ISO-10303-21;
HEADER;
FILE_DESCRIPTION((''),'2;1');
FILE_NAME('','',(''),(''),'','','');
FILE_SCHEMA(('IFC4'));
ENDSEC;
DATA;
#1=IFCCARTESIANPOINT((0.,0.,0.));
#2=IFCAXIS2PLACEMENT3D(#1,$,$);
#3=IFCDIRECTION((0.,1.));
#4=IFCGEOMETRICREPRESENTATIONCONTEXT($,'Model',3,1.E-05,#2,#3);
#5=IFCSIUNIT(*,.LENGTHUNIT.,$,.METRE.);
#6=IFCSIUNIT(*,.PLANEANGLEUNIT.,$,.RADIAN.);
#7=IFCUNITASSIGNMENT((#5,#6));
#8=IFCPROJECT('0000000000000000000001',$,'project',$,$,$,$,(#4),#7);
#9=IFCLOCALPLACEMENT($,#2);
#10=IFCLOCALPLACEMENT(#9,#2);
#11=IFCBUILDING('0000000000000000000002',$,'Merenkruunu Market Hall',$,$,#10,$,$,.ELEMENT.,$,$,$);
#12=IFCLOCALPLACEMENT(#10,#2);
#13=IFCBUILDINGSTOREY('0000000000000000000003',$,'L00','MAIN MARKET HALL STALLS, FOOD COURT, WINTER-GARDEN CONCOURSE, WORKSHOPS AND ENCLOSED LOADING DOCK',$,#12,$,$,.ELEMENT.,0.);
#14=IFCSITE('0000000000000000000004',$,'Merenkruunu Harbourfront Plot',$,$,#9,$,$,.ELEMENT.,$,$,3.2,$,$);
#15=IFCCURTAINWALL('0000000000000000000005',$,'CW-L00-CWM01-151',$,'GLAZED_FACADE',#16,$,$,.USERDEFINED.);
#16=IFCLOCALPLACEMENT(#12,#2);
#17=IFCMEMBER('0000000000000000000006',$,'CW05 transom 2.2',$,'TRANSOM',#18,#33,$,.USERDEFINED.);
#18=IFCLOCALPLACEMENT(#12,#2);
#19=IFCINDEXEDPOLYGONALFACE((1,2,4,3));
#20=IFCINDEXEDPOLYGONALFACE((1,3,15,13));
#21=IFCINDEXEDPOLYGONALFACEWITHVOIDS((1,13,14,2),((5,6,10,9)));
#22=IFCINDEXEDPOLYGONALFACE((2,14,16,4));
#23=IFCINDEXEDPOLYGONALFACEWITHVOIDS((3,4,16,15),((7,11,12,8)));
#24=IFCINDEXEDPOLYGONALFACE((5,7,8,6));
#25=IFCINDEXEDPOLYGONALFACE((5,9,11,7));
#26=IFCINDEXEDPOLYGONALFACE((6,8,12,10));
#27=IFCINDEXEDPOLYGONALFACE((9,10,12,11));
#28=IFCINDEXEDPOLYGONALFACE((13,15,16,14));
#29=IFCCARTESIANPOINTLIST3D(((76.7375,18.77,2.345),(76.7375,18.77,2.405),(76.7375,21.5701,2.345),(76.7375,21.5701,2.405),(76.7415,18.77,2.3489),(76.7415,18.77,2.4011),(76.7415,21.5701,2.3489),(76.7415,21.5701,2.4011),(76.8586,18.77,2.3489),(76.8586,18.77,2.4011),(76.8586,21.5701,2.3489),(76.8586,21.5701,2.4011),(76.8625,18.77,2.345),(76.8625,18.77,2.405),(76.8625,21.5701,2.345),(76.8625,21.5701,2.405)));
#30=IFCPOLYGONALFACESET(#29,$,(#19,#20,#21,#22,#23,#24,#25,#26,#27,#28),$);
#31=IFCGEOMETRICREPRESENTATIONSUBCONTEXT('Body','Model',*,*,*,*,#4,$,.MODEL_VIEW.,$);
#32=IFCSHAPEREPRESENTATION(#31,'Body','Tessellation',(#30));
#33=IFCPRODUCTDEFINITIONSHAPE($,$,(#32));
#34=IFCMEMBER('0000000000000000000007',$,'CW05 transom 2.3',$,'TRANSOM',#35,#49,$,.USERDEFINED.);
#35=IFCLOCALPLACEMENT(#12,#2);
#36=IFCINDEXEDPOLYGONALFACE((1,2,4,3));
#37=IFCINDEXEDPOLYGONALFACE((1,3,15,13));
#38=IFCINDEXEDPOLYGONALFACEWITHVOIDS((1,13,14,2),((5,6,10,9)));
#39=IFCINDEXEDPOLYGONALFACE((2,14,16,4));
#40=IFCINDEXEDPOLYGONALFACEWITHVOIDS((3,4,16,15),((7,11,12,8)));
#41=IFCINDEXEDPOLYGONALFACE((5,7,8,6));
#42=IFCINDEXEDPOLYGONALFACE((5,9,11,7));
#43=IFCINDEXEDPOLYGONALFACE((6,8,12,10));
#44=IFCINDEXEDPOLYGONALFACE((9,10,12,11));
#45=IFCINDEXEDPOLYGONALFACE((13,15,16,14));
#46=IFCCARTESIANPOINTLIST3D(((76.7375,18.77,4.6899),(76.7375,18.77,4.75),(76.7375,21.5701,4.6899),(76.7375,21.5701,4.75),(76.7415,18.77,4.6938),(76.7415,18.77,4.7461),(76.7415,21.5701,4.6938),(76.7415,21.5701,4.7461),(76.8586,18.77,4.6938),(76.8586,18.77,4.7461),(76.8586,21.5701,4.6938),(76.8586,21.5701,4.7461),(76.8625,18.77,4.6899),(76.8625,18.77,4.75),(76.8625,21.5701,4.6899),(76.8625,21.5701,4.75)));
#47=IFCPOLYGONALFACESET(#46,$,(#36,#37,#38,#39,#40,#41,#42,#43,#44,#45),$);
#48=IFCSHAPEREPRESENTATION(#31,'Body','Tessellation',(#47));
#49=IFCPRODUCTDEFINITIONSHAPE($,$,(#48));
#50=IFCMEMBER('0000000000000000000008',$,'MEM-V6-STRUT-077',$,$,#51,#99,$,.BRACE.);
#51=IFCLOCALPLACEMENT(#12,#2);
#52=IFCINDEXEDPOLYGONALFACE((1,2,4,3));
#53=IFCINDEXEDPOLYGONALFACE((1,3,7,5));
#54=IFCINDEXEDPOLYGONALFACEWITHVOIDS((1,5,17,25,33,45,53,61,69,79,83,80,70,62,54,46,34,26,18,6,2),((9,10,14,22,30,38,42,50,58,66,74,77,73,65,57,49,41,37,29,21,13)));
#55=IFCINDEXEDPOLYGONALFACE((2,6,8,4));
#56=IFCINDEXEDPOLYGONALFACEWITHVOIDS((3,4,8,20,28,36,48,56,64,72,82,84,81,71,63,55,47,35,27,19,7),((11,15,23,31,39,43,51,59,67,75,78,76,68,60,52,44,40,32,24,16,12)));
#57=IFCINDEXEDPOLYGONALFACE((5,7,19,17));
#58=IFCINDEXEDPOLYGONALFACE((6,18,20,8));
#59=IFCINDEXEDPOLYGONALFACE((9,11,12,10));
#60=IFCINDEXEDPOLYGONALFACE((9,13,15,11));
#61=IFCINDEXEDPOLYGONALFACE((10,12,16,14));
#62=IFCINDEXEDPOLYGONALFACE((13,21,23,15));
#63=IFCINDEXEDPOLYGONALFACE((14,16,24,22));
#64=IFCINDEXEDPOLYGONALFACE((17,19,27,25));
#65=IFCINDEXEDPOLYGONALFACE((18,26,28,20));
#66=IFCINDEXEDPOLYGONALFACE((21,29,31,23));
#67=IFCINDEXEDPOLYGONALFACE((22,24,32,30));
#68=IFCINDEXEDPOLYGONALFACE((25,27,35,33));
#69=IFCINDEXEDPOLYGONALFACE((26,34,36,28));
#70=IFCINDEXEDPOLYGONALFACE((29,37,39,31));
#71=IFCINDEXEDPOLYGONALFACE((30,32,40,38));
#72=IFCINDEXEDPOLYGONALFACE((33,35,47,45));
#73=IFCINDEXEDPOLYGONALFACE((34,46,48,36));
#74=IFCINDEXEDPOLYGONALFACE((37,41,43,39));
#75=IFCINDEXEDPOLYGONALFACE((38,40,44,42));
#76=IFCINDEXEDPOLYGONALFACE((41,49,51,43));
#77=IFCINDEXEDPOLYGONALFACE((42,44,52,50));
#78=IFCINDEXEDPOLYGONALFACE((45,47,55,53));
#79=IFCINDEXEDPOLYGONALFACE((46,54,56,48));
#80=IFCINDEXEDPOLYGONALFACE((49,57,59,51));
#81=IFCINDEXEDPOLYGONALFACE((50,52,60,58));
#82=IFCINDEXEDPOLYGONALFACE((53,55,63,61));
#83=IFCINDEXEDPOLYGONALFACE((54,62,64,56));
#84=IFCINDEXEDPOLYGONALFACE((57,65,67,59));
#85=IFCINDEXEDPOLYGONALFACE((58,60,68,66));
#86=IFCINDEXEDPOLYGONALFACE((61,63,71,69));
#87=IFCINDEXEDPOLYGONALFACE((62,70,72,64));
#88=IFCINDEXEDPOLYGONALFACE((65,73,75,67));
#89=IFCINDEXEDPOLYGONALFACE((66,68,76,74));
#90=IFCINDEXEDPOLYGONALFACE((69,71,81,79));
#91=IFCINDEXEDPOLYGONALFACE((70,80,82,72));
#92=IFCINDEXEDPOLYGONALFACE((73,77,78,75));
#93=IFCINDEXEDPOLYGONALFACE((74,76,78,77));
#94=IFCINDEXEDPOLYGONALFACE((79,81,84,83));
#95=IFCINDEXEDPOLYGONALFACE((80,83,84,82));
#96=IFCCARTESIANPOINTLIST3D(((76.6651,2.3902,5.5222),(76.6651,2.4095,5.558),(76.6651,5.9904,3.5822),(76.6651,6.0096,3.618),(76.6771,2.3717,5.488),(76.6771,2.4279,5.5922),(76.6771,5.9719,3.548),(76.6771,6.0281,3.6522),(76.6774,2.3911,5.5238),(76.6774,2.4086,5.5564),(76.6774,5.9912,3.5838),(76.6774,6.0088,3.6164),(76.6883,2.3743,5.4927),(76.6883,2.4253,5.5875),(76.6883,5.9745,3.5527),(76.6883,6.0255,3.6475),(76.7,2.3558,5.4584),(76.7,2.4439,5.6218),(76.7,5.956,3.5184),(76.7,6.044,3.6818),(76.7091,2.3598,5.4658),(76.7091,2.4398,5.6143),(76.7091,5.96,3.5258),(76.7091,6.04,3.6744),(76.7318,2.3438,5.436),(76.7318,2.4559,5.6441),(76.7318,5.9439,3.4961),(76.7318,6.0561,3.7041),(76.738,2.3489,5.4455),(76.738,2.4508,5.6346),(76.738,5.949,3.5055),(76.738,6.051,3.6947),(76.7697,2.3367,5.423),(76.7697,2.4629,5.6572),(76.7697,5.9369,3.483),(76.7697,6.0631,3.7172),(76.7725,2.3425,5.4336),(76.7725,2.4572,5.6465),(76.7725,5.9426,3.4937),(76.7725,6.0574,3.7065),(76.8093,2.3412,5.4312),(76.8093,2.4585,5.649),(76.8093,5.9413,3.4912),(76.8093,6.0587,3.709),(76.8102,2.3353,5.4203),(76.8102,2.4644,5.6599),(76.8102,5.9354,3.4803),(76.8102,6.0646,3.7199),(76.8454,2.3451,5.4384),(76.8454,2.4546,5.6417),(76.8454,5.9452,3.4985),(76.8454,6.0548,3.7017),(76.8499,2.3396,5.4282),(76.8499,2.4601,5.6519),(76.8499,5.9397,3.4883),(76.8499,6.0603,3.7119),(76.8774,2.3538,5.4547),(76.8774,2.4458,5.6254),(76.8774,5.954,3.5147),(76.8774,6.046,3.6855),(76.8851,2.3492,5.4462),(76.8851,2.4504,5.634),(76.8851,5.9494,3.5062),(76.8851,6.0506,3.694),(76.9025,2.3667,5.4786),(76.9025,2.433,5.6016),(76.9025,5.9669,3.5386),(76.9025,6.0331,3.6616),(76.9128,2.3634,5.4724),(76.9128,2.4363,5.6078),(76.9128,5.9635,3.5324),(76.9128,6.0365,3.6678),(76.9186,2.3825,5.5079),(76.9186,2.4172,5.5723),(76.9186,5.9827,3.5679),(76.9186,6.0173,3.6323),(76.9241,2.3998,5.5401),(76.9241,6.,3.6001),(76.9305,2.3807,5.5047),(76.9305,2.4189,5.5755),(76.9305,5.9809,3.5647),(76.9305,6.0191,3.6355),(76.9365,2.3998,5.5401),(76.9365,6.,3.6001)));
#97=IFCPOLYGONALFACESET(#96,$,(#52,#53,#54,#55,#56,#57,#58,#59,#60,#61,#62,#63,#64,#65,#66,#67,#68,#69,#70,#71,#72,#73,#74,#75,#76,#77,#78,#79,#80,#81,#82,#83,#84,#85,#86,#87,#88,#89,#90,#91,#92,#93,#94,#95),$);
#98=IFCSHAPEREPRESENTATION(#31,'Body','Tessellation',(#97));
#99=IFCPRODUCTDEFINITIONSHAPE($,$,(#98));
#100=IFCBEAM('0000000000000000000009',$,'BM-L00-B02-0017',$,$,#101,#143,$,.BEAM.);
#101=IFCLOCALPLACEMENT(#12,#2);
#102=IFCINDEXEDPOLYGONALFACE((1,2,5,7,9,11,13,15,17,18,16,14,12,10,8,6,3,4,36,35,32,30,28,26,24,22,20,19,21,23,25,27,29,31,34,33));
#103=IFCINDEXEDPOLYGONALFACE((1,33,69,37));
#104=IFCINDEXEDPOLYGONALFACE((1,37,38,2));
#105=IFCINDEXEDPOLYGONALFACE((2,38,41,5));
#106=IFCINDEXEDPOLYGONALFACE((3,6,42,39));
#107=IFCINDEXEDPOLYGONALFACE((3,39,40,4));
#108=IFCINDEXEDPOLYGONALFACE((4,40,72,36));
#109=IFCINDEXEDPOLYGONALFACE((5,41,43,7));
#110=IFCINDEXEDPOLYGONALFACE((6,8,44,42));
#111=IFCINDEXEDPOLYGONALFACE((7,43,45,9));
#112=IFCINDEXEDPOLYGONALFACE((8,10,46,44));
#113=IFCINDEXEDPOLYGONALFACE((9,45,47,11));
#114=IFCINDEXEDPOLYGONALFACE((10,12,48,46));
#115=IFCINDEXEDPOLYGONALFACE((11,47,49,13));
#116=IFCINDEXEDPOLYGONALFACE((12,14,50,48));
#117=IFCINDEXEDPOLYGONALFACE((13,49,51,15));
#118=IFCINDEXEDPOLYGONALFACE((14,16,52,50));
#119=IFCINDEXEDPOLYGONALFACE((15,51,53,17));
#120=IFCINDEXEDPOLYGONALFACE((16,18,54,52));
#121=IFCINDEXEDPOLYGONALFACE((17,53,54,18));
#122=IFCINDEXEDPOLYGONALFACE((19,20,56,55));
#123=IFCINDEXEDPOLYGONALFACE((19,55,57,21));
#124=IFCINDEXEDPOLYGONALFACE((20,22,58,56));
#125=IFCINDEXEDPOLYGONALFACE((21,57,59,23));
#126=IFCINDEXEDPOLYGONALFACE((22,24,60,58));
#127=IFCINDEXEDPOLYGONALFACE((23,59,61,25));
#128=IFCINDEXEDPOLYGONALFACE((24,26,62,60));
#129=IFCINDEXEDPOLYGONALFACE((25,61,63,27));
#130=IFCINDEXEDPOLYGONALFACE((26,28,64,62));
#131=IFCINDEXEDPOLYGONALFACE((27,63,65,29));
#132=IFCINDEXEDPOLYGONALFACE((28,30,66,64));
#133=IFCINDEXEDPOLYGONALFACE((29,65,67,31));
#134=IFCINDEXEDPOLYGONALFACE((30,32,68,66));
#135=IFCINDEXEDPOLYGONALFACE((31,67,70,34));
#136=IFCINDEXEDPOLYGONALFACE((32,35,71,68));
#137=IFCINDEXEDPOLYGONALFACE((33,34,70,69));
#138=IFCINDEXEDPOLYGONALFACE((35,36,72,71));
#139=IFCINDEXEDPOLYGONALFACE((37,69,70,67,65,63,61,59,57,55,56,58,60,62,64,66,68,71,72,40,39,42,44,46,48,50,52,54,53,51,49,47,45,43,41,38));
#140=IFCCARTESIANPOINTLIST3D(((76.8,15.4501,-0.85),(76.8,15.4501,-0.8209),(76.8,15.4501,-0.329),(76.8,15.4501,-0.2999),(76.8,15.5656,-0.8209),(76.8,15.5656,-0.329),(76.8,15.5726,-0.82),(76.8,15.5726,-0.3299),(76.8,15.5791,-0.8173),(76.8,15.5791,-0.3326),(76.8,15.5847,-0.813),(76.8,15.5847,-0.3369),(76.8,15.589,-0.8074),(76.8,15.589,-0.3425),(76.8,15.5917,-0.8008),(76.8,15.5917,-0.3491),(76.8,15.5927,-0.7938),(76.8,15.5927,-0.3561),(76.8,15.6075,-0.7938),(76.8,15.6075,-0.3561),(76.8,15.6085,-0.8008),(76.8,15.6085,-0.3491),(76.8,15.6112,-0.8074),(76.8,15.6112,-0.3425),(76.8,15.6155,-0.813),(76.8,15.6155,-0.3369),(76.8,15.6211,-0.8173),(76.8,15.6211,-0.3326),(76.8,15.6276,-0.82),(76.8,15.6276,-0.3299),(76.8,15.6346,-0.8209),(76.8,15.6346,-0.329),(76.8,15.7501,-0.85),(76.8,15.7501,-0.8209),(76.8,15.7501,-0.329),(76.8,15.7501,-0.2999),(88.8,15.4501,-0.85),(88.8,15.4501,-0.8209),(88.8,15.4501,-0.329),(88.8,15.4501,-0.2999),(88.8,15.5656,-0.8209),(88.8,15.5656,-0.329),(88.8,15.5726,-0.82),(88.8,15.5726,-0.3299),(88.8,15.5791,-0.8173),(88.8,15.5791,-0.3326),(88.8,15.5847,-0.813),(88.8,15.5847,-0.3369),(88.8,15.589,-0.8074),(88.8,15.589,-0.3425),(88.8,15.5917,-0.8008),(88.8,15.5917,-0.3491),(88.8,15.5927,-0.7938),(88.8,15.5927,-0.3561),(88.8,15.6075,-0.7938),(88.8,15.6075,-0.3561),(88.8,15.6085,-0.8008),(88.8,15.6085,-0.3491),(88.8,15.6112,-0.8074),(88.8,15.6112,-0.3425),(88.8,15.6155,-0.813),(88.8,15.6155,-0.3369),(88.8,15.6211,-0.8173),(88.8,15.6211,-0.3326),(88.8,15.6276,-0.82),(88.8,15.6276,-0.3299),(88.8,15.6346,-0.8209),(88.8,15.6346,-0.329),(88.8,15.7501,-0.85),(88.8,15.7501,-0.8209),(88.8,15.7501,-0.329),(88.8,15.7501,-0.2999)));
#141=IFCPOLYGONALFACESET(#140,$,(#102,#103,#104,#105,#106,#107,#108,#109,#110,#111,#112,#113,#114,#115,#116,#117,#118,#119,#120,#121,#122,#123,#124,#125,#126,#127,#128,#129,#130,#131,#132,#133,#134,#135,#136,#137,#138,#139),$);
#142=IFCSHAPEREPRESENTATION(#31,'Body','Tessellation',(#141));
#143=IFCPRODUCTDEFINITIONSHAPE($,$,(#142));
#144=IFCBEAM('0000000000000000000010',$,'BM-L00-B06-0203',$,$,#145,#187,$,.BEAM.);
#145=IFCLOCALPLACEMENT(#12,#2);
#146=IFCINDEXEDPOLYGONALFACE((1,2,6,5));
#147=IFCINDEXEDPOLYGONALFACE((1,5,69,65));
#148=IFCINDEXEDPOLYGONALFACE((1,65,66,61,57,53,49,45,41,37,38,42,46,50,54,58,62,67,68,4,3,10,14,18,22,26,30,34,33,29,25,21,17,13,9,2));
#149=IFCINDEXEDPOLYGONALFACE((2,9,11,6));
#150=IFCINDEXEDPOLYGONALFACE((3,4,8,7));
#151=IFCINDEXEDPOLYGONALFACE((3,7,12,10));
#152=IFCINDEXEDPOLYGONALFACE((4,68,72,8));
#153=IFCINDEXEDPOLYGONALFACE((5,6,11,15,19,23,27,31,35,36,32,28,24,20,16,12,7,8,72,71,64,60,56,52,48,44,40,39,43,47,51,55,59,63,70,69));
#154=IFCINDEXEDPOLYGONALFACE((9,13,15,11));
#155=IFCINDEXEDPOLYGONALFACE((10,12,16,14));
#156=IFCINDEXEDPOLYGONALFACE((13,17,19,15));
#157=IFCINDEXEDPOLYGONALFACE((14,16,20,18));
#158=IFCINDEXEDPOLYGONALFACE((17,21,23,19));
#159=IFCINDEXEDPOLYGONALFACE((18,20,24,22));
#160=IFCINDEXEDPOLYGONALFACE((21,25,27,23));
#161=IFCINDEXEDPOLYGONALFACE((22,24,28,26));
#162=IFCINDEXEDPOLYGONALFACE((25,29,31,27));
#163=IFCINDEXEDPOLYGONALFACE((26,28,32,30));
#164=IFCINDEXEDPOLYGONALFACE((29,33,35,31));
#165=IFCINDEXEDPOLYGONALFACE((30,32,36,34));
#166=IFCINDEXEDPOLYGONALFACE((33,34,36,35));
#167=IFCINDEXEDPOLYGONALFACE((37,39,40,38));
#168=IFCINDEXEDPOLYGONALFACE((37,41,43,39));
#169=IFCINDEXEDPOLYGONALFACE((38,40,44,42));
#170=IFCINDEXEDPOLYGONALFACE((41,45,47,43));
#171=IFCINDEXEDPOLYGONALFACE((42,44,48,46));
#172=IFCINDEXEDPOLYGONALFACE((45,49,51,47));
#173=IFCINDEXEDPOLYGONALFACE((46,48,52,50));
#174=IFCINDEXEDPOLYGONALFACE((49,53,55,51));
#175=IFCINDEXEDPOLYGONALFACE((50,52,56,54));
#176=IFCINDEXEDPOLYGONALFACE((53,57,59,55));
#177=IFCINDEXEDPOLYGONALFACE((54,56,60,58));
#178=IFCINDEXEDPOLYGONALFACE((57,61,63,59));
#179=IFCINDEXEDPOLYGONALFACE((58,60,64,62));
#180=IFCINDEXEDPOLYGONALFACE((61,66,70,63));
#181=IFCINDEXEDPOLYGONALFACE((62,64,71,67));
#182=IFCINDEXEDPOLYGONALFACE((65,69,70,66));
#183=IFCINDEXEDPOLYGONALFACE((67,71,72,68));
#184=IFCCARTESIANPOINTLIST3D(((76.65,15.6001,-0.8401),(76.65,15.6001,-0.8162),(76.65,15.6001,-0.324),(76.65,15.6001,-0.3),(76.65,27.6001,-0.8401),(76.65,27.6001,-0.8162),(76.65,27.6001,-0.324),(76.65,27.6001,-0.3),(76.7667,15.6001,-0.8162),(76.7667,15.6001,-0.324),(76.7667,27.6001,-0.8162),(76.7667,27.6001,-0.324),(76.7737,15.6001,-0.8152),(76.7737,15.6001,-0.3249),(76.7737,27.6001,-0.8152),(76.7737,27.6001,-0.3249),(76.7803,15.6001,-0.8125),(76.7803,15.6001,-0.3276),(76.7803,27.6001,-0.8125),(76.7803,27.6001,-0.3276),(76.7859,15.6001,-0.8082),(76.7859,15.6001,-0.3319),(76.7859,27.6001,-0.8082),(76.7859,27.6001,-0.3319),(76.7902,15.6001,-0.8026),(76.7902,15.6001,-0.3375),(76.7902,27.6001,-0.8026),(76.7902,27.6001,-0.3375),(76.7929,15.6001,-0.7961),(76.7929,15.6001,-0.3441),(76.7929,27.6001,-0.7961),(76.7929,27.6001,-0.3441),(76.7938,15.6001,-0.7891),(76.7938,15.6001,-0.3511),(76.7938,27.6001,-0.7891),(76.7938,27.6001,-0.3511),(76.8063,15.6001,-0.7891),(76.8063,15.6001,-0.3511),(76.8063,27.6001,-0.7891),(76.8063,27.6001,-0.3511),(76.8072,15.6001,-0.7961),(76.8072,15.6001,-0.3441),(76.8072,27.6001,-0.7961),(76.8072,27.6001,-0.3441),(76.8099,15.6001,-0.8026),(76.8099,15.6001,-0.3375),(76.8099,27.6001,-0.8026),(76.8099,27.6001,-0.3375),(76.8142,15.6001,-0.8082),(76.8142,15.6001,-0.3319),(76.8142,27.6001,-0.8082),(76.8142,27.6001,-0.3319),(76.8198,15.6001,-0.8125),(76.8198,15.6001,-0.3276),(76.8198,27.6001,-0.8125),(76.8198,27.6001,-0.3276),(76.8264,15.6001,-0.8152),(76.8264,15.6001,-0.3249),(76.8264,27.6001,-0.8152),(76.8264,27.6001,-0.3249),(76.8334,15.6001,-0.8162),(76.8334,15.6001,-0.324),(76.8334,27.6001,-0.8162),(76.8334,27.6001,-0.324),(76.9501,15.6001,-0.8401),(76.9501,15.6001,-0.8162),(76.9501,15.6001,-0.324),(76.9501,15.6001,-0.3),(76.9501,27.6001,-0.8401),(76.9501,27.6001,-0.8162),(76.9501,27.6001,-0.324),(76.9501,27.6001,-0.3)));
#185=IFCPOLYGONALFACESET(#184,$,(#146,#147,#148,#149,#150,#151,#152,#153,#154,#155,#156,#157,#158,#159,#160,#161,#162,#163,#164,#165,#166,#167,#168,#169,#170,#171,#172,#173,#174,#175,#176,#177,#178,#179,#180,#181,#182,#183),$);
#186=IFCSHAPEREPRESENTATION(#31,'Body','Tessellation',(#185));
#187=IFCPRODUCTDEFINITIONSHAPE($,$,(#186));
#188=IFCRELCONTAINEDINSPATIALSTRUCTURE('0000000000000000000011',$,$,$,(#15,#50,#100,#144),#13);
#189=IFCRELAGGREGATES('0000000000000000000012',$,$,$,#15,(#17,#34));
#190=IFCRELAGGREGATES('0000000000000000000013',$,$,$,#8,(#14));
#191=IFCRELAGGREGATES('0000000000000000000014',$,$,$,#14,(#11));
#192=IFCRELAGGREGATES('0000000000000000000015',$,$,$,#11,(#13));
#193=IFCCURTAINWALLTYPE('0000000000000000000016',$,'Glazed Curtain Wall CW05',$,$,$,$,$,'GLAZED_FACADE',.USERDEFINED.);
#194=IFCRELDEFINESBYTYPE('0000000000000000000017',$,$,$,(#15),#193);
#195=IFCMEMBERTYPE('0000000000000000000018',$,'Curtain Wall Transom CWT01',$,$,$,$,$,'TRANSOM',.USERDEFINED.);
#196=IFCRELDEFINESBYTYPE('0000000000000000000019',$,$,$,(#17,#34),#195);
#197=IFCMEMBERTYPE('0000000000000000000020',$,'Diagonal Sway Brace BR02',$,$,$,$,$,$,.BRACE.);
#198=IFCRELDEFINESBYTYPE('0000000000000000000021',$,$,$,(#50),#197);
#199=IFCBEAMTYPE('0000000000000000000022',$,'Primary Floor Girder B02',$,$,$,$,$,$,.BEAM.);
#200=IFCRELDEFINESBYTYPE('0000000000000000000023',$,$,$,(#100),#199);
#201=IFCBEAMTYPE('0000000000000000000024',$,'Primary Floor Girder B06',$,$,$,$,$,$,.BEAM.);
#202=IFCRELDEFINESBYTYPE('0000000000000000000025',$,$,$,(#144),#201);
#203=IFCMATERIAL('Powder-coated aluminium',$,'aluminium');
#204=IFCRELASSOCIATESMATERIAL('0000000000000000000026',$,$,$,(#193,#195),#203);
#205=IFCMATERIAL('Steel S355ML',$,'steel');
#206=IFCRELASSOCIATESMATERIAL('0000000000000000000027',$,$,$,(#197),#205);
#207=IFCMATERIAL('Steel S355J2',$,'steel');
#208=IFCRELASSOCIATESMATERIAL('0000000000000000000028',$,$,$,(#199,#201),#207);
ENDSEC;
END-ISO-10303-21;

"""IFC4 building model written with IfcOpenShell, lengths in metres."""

from ifc_helpers import new_model, si_unit, direction, frame, origin, origin_2d, place, context, subcontext, project, spatial, hollow_rectangle, hollow_circle, i_section, extrude, material, material_profile, profile_set, type_object, element, aggregate, save


model = new_model("IFC4")

# Units and contexts
model_context = context("Model", 3, precision=1e-05, world=origin(), true_north=direction((0.0, 1.0)))
body_context = subcontext(model_context, "Body", "Model", "MODEL_VIEW")
ifc_project = project(units=[si_unit("LENGTHUNIT", "METRE"), si_unit("PLANEANGLEUNIT", "RADIAN")], contexts=[model_context])

# Site, building, storey
site_placement = place(None, origin())
site = spatial("IfcSite", under=ifc_project, at=site_placement, Name="Merenkruunu Harbourfront Plot", CompositionType="ELEMENT", RefElevation=3.2)
building_placement = place(site_placement, origin())
building = spatial("IfcBuilding", under=site, at=building_placement, Name="Merenkruunu Market Hall", CompositionType="ELEMENT")
storey_placement = place(building_placement, origin())
storey = spatial("IfcBuildingStorey", under=building, at=storey_placement, Name="L00", Description="MAIN MARKET HALL STALLS, FOOD COURT, WINTER-GARDEN CONCOURSE, WORKSHOPS AND ENCLOSED LOADING DOCK", CompositionType="ELEMENT", Elevation=0.0)

# Shared definitions
ifc_material_1 = material(Name="Steel S355ML", Category="steel")

# Curtain wall
ifc_material_2 = material(Name="Powder-coated aluminium", Category="aluminium")
curtain_wall_type_1 = type_object("IfcCurtainWallType", Name="Glazed Curtain Wall CW05", ElementType="GLAZED_FACADE", PredefinedType="USERDEFINED", material=ifc_material_2)
curtain_wall_1_placement = place(storey_placement, origin())
curtain_wall_1 = element("IfcCurtainWall", 1, at=curtain_wall_1_placement, inside=storey, type_object=curtain_wall_type_1, Name="CW-L00-CWM01-151", ObjectType="GLAZED_FACADE", PredefinedType="USERDEFINED")

# Members
ifc_material_profile_1 = material_profile(ifc_material_2, hollow_rectangle(XDim=0.0601, YDim=0.125, WallThickness=0.0039, at=origin_2d()), Name="ALU 60x125x4")
ifc_profile_set_1 = profile_set([ifc_material_profile_1], Name="Powder-coated aluminium")
member_type_1 = type_object("IfcMemberType", Name="Curtain Wall Transom CWT01", ElementType="TRANSOM", PredefinedType="USERDEFINED", material=ifc_profile_set_1)
member_1_placement = place(storey_placement, frame((76.8, 18.77, 2.375), z_axis=(0.0, 1.0, 0.0), x_axis=(0.0, 0.0, 1.0)))
member_1 = element("IfcMember", 2, at=member_1_placement, type_object=member_type_1, Name="CW05 transom 2.2", ObjectType="TRANSOM", PredefinedType="USERDEFINED", context=body_context, shape_type="SweptSolid", body=[
    extrude(hollow_rectangle(XDim=0.0601, YDim=0.125, WallThickness=0.0039, at=origin_2d()), origin(), (0.0, 0.0, 1.0), 2.8),
])
member_2_placement = place(storey_placement, frame((76.8, 18.77, 4.72), z_axis=(0.0, 1.0, 0.0), x_axis=(0.0, 0.0, 1.0)))
member_2 = element("IfcMember", 3, at=member_2_placement, type_object=member_type_1, Name="CW05 transom 2.3", ObjectType="TRANSOM", PredefinedType="USERDEFINED", context=body_context, shape_type="SweptSolid", body=[
    extrude(hollow_rectangle(XDim=0.0601, YDim=0.125, WallThickness=0.0039, at=origin_2d()), origin(), (0.0, 0.0, 1.0), 2.8),
])
ifc_material_profile_2 = material_profile(ifc_material_1, hollow_circle(Radius=0.1365, WallThickness=0.0125, at=origin_2d()), Name="CHS 273x12.5")
ifc_profile_set_2 = profile_set([ifc_material_profile_2], Name="Steel S355ML")
member_type_2 = type_object("IfcMemberType", Name="Diagonal Sway Brace BR02", PredefinedType="BRACE", material=ifc_profile_set_2)
member_3_placement = place(storey_placement, frame((76.8, 6.0, 3.6001), z_axis=(0.0, -0.880325, 0.47437), x_axis=(1.0, 0.0, 0.0)))
element("IfcMember", 4, at=member_3_placement, inside=storey, type_object=member_type_2, Name="MEM-V6-STRUT-077", PredefinedType="BRACE", context=body_context, shape_type="SweptSolid", body=[
    extrude(hollow_circle(Radius=0.1365, WallThickness=0.0125, at=origin_2d()), origin(), (0.0, 0.0, 1.0), 4.0896),
])

# Beams
ifc_material_3 = material(Name="Steel S355J2", Category="steel")
ifc_material_profile_3 = material_profile(ifc_material_3, i_section(OverallWidth=0.3, OverallDepth=0.55, WebThickness=0.0149, FlangeThickness=0.0291, FilletRadius=0.0271, at=origin_2d()), Name="HEB 550")
ifc_profile_set_3 = profile_set([ifc_material_profile_3], Name="Steel S355J2")
beam_type_1 = type_object("IfcBeamType", Name="Primary Floor Girder B02", PredefinedType="BEAM", material=ifc_profile_set_3)
beam_1_placement = place(storey_placement, frame((76.8, 15.6001, -0.575), z_axis=(1.0, 0.0, 0.0), x_axis=(0.0, 1.0, 0.0)))
element("IfcBeam", 5, at=beam_1_placement, inside=storey, type_object=beam_type_1, Name="BM-L00-B02-0017", PredefinedType="BEAM", context=body_context, shape_type="SweptSolid", body=[
    extrude(i_section(OverallWidth=0.3, OverallDepth=0.55, WebThickness=0.0149, FlangeThickness=0.0291, FilletRadius=0.0271, at=origin_2d()), origin(), (0.0, 0.0, 1.0), 12.0),
])
ifc_material_profile_4 = material_profile(ifc_material_3, i_section(OverallWidth=0.3, OverallDepth=0.54, WebThickness=0.0125, FlangeThickness=0.0239, FilletRadius=0.0271, at=origin_2d()), Name="HEA 550")
ifc_profile_set_4 = profile_set([ifc_material_profile_4], Name="Steel S355J2")
beam_type_2 = type_object("IfcBeamType", Name="Primary Floor Girder B06", PredefinedType="BEAM", material=ifc_profile_set_4)
beam_2_placement = place(storey_placement, frame((76.8, 15.6001, -0.5701), z_axis=(0.0, 1.0, 0.0), x_axis=(-1.0, 0.0, 0.0)))
element("IfcBeam", 6, at=beam_2_placement, inside=storey, type_object=beam_type_2, Name="BM-L00-B06-0203", PredefinedType="BEAM", context=body_context, shape_type="SweptSolid", body=[
    extrude(i_section(OverallWidth=0.3, OverallDepth=0.54, WebThickness=0.0125, FlangeThickness=0.0239, FilletRadius=0.0271, at=origin_2d()), origin(), (0.0, 0.0, 1.0), 12.0),
])

aggregate(curtain_wall_1, [member_1, member_2])

save(model, "model.ifc")
